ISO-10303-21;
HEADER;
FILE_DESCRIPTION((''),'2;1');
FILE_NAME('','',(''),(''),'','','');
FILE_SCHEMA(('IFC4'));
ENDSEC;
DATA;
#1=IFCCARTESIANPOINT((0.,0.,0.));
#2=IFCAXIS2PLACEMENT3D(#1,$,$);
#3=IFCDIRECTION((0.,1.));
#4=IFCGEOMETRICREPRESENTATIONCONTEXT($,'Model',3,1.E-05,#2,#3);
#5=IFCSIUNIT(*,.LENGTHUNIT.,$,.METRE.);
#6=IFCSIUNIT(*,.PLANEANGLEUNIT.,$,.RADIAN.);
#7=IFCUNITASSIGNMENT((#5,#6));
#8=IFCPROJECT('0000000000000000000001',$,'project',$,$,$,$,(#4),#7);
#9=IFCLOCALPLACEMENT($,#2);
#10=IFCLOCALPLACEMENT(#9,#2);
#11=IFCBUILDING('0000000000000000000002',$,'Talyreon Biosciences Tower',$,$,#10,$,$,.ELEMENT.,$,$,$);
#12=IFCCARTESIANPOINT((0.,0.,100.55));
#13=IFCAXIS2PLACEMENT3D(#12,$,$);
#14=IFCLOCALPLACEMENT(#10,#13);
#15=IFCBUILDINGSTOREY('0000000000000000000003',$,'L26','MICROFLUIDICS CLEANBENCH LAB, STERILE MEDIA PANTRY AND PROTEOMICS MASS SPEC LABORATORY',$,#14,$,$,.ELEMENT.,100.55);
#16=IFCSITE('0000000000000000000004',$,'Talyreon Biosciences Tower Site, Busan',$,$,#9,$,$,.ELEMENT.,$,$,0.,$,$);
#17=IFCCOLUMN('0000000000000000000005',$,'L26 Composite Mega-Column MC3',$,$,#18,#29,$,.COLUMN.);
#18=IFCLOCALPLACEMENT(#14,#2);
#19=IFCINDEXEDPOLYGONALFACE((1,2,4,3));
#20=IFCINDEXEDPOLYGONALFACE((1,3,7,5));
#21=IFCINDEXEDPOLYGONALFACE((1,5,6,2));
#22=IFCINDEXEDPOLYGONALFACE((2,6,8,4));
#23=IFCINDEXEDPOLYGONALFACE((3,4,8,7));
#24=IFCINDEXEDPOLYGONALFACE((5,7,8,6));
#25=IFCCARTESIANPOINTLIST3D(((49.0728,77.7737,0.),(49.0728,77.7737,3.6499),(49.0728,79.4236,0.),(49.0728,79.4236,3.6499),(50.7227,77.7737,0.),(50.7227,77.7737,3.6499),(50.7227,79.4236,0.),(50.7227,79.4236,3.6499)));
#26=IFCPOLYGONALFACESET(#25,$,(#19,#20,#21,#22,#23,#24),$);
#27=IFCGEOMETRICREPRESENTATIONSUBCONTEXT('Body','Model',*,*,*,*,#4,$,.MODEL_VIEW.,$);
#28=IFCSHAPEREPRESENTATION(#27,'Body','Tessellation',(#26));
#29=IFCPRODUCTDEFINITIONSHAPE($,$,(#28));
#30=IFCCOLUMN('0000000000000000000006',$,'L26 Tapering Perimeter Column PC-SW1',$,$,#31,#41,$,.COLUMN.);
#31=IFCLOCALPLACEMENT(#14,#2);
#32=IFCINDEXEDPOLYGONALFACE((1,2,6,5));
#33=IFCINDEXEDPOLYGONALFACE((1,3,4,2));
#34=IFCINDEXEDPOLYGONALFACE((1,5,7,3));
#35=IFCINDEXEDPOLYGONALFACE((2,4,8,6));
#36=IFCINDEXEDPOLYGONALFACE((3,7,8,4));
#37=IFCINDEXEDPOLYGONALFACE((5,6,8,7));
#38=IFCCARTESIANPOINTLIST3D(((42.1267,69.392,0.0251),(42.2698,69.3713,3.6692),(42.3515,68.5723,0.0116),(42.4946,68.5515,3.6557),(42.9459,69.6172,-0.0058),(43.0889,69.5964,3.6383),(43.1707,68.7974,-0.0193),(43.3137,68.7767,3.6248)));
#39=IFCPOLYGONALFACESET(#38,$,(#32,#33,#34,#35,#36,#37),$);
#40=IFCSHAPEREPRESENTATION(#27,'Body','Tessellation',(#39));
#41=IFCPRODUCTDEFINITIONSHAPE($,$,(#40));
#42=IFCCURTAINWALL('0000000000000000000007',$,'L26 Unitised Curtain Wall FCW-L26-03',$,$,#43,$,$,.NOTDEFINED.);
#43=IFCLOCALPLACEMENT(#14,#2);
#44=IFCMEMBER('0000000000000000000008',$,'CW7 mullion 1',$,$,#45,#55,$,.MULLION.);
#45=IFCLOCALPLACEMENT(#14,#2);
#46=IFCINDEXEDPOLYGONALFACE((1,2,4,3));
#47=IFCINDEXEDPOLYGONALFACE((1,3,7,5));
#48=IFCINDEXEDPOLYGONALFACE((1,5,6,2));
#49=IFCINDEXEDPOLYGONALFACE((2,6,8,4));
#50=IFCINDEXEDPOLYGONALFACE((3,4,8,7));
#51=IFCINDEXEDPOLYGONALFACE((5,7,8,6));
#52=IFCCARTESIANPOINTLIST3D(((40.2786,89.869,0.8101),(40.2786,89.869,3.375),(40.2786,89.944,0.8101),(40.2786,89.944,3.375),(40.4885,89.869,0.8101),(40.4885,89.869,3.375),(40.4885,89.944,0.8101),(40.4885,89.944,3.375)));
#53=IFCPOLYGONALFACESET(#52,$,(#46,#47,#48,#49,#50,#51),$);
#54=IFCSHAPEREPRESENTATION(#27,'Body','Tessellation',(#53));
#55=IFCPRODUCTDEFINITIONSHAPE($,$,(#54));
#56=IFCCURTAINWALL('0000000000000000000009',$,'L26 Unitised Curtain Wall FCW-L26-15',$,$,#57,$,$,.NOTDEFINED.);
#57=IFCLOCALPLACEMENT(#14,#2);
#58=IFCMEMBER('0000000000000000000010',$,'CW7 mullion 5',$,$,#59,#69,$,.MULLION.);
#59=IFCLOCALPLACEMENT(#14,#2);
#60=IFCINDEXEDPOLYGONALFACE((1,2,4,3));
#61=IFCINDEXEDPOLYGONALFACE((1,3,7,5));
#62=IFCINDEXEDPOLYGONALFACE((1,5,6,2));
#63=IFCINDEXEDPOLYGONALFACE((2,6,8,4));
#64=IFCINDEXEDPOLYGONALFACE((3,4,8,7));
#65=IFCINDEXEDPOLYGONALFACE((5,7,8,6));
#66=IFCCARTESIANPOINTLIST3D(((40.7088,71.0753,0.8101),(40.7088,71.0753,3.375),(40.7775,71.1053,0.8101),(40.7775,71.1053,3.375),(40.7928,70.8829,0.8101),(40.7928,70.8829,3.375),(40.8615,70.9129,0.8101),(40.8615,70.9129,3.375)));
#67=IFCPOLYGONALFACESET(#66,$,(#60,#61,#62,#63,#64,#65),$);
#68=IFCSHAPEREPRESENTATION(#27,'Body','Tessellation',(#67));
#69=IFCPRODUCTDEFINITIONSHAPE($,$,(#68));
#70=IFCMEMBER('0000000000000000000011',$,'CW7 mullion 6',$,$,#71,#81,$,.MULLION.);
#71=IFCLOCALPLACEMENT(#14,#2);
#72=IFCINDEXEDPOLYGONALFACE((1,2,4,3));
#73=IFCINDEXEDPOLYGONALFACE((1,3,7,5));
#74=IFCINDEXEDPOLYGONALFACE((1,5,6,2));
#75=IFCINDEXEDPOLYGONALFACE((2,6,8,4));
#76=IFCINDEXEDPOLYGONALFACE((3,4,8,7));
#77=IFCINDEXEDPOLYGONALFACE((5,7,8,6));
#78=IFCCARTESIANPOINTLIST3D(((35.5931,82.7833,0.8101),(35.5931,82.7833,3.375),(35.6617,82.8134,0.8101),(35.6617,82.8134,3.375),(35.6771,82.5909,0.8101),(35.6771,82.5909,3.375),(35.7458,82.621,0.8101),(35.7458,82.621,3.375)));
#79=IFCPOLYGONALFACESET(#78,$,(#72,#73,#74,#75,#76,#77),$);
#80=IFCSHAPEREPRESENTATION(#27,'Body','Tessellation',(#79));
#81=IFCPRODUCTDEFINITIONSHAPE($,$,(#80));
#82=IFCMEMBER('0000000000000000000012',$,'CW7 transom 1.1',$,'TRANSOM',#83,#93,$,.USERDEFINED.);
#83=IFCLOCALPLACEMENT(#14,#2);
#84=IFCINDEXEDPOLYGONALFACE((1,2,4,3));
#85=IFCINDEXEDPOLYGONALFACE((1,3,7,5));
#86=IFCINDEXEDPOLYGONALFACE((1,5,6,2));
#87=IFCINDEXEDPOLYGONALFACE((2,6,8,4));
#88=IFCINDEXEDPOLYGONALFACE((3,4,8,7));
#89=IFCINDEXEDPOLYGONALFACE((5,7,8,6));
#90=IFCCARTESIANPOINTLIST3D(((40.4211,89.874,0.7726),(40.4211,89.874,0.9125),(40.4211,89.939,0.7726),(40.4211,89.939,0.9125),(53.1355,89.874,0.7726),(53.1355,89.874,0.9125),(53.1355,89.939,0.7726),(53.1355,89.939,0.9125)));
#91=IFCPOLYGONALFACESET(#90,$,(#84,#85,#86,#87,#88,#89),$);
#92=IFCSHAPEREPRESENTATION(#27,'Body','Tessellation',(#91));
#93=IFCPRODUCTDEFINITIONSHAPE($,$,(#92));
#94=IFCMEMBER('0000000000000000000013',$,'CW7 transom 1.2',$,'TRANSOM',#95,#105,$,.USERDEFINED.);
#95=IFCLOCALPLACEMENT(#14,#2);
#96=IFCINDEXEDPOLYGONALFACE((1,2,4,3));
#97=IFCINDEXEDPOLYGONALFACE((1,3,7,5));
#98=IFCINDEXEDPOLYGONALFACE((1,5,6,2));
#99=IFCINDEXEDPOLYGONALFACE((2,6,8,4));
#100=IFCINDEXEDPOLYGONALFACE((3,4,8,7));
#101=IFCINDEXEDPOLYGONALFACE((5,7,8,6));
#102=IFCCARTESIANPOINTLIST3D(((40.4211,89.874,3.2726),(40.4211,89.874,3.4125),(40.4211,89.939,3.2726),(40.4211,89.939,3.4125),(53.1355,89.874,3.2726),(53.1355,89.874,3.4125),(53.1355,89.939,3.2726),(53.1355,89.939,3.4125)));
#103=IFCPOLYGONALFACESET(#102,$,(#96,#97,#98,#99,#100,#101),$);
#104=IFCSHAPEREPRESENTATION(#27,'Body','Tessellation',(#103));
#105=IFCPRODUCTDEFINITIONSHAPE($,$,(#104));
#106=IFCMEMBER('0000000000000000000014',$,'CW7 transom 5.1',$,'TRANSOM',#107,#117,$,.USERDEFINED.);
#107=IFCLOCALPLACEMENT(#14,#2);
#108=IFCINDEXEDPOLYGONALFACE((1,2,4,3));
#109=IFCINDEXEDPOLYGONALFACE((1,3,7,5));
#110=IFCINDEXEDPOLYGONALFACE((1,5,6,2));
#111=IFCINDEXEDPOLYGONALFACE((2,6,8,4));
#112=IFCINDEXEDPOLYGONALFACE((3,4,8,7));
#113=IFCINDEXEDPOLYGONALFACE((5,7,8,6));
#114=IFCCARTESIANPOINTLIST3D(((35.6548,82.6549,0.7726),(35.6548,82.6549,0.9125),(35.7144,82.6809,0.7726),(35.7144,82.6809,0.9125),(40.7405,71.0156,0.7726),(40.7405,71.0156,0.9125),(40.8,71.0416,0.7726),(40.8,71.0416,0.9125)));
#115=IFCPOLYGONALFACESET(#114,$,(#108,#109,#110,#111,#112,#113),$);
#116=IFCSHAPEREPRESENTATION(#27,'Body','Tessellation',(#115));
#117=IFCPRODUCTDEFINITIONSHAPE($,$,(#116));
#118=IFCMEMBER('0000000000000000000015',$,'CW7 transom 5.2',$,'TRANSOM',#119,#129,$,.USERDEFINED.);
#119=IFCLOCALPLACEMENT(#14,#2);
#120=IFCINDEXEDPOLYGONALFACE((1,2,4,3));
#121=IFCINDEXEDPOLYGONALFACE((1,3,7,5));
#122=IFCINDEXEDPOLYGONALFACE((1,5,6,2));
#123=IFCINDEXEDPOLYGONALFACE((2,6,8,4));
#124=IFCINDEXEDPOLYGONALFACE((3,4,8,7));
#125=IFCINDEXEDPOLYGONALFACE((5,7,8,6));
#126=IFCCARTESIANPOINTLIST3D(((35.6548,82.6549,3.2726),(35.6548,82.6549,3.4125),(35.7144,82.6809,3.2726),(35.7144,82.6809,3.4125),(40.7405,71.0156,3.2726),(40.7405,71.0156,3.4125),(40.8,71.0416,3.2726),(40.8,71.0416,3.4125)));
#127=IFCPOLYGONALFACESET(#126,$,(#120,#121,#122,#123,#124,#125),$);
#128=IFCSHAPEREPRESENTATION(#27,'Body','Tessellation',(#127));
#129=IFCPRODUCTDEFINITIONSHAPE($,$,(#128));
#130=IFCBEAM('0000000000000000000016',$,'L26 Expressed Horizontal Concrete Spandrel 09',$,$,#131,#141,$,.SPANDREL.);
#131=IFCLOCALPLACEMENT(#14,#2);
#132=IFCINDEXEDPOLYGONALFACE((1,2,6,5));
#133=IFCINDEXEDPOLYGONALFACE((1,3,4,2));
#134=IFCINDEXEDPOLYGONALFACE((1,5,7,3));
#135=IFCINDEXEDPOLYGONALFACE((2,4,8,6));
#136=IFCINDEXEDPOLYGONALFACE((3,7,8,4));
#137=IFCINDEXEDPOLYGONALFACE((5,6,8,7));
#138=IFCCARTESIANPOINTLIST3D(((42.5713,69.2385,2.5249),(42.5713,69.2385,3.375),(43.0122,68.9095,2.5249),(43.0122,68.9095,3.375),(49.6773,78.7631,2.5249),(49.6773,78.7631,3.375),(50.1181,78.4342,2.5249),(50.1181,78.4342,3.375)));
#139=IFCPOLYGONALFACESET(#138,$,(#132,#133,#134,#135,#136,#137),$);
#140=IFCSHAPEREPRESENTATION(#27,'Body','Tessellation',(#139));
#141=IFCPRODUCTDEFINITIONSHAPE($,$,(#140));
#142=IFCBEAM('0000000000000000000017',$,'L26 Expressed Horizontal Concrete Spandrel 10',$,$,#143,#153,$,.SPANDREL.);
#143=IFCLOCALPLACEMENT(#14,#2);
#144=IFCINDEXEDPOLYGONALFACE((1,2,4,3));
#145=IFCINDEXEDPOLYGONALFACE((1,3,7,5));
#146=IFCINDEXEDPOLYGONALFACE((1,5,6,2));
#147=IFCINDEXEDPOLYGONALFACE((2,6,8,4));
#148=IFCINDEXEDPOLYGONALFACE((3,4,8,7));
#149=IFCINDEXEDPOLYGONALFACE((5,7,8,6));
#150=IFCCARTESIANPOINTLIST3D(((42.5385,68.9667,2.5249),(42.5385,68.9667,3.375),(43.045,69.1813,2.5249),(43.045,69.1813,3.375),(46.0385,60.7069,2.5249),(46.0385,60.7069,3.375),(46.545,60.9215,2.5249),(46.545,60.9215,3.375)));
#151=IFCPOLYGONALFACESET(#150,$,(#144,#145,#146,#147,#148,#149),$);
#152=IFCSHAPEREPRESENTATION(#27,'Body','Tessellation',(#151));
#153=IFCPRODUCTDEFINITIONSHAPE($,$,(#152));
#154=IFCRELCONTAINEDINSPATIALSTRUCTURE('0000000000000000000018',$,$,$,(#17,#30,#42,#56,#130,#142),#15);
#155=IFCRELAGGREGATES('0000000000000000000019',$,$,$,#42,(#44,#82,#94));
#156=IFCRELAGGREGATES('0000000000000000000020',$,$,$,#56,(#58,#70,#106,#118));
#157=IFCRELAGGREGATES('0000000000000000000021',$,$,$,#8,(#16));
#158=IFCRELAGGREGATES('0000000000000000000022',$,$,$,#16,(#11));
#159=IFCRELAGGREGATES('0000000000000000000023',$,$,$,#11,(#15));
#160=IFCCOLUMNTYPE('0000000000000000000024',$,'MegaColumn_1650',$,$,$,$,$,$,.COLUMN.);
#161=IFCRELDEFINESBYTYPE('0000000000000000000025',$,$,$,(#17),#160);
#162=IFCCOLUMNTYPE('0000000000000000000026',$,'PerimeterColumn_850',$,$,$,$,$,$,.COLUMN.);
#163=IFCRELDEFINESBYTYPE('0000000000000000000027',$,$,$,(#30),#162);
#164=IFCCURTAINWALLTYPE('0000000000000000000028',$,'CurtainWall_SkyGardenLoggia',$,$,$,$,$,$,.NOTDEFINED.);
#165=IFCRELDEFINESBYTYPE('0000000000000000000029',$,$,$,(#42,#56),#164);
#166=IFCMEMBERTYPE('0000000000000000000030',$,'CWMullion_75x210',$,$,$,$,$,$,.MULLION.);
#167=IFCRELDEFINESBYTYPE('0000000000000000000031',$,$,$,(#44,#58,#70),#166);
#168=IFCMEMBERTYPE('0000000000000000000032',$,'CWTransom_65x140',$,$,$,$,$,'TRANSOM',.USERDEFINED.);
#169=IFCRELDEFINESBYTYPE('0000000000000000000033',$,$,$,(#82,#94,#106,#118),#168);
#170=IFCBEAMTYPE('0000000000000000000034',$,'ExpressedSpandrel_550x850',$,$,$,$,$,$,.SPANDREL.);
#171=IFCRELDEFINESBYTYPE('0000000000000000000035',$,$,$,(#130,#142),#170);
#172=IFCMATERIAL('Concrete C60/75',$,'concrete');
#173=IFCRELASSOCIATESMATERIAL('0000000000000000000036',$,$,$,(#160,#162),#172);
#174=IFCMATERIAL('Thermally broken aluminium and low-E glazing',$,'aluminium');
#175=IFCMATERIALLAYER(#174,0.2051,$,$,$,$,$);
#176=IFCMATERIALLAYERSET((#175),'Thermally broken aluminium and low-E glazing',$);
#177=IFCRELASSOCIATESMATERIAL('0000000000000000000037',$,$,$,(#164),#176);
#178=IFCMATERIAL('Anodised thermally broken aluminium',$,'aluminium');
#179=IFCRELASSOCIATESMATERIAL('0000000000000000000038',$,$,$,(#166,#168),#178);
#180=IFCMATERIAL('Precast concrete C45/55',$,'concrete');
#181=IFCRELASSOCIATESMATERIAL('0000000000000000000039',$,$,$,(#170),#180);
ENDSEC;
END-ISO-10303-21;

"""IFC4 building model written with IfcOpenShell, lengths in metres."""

from ifc_helpers import new_model, si_unit, direction, frame, origin, origin_2d, place, context, subcontext, project, spatial, rectangle, extrude, material, layer, layer_set, material_profile, profile_set, type_object, element, aggregate, save


model = new_model("IFC4")

# Units and contexts
model_context = context("Model", 3, precision=1e-05, world=origin(), true_north=direction((0.0, 1.0)))
body_context = subcontext(model_context, "Body", "Model", "MODEL_VIEW")
ifc_project = project(units=[si_unit("LENGTHUNIT", "METRE"), si_unit("PLANEANGLEUNIT", "RADIAN")], contexts=[model_context])

# Site, building, storey
site_placement = place(None, origin())
site = spatial("IfcSite", under=ifc_project, at=site_placement, Name="Talyreon Biosciences Tower Site, Busan", CompositionType="ELEMENT", RefElevation=0.0)
building_placement = place(site_placement, origin())
building = spatial("IfcBuilding", under=site, at=building_placement, Name="Talyreon Biosciences Tower", CompositionType="ELEMENT")
storey_placement = place(building_placement, frame((0.0, 0.0, 100.55)))
storey = spatial("IfcBuildingStorey", under=building, at=storey_placement, Name="L26", Description="MICROFLUIDICS CLEANBENCH LAB, STERILE MEDIA PANTRY AND PROTEOMICS MASS SPEC LABORATORY", CompositionType="ELEMENT", Elevation=100.55)

# Columns
ifc_material_1 = material(Name="Concrete C60/75", Category="concrete")
ifc_material_profile_1 = material_profile(ifc_material_1, rectangle(XDim=1.6499, YDim=1.6499, at=origin_2d()), Name="RC 1650x1650")
ifc_profile_set_1 = profile_set([ifc_material_profile_1], Name="Concrete C60/75")
column_type_1 = type_object("IfcColumnType", Name="MegaColumn_1650", PredefinedType="COLUMN", material=ifc_profile_set_1)
column_1_placement = place(storey_placement, frame((49.8977, 78.5986, 0.0), z_axis=(0.0, 0.0, 1.0), x_axis=(1.0, 0.0, 0.0)))
element("IfcColumn", 1, at=column_1_placement, inside=storey, type_object=column_type_1, Name="L26 Composite Mega-Column MC3", PredefinedType="COLUMN", context=body_context, shape_type="SweptSolid", body=[
    extrude(rectangle(XDim=1.6499, YDim=1.6499, at=origin_2d()), origin(), (0.0, 0.0, 1.0), 3.6499),
])
ifc_material_profile_2 = material_profile(ifc_material_1, rectangle(XDim=0.8501, YDim=0.8501, at=origin_2d()), Name="RC 850x850")
ifc_profile_set_2 = profile_set([ifc_material_profile_2], Name="Concrete C60/75")
column_type_2 = type_object("IfcColumnType", Name="PerimeterColumn_850", PredefinedType="COLUMN", material=ifc_profile_set_2)
column_2_placement = place(storey_placement, frame((42.6487, 69.0947, 0.0029), z_axis=(0.039229, -0.00569, 0.999214), x_axis=(0.963601, 0.264864, -0.036323)))
element("IfcColumn", 2, at=column_2_placement, inside=storey, type_object=column_type_2, Name="L26 Tapering Perimeter Column PC-SW1", PredefinedType="COLUMN", context=body_context, shape_type="SweptSolid", body=[
    extrude(rectangle(XDim=0.8501, YDim=0.8501, at=origin_2d()), origin(), (0.0, 0.0, 1.0), 3.647),
])

# Curtain wall, member
ifc_material_2 = material(Name="Thermally broken aluminium and low-E glazing", Category="aluminium")
ifc_layer_1 = layer(ifc_material_2, 0.2051)
ifc_layer_set_1 = layer_set([ifc_layer_1], Name="Thermally broken aluminium and low-E glazing")
curtain_wall_type = type_object("IfcCurtainWallType", Name="CurtainWall_SkyGardenLoggia", PredefinedType="NOTDEFINED", material=ifc_layer_set_1)
curtain_wall_1_placement = place(storey_placement, origin())
curtain_wall_1 = element("IfcCurtainWall", 3, at=curtain_wall_1_placement, inside=storey, type_object=curtain_wall_type, Name="L26 Unitised Curtain Wall FCW-L26-03", PredefinedType="NOTDEFINED")
ifc_material_3 = material(Name="Anodised thermally broken aluminium", Category="aluminium")
ifc_material_profile_3 = material_profile(ifc_material_3, rectangle(XDim=0.075, YDim=0.21, at=origin_2d()), Name="ALUM MULLION 75x210")
ifc_profile_set_3 = profile_set([ifc_material_profile_3], Name="Anodised thermally broken aluminium")
member_type_1 = type_object("IfcMemberType", Name="CWMullion_75x210", PredefinedType="MULLION", material=ifc_profile_set_3)
member_1_placement = place(storey_placement, frame((40.3835, 89.9065, 0.8101), z_axis=(0.0, 0.0, 1.0), x_axis=(0.0, 1.0, 0.0)))
member_1 = element("IfcMember", 4, at=member_1_placement, type_object=member_type_1, Name="CW7 mullion 1", PredefinedType="MULLION", context=body_context, shape_type="SweptSolid", body=[
    extrude(rectangle(XDim=0.075, YDim=0.21, at=origin_2d()), origin(), (0.0, 0.0, 1.0), 2.5649),
])

# Curtain wall, members
curtain_wall_2_placement = place(storey_placement, origin())
curtain_wall_2 = element("IfcCurtainWall", 5, at=curtain_wall_2_placement, inside=storey, type_object=curtain_wall_type, Name="L26 Unitised Curtain Wall FCW-L26-15", PredefinedType="NOTDEFINED")
member_2_placement = place(storey_placement, frame((40.7852, 70.9941, 0.8101), z_axis=(0.0, 0.0, 1.0), x_axis=(-0.916346, -0.400387, 0.0)))
member_2 = element("IfcMember", 6, at=member_2_placement, type_object=member_type_1, Name="CW7 mullion 5", PredefinedType="MULLION", context=body_context, shape_type="SweptSolid", body=[
    extrude(rectangle(XDim=0.075, YDim=0.21, at=origin_2d()), origin(), (0.0, 0.0, 1.0), 2.5649),
])
member_3_placement = place(storey_placement, frame((35.6694, 82.7021, 0.8101), z_axis=(0.0, 0.0, 1.0), x_axis=(-0.916346, -0.400387, 0.0)))
member_3 = element("IfcMember", 7, at=member_3_placement, type_object=member_type_1, Name="CW7 mullion 6", PredefinedType="MULLION", context=body_context, shape_type="SweptSolid", body=[
    extrude(rectangle(XDim=0.075, YDim=0.21, at=origin_2d()), origin(), (0.0, 0.0, 1.0), 2.5649),
])

# Members
ifc_material_profile_4 = material_profile(ifc_material_3, rectangle(XDim=0.0649, YDim=0.1399, at=origin_2d()), Name="ALUM TRANSOM 65x140")
ifc_profile_set_4 = profile_set([ifc_material_profile_4], Name="Anodised thermally broken aluminium")
member_type_2 = type_object("IfcMemberType", Name="CWTransom_65x140", ElementType="TRANSOM", PredefinedType="USERDEFINED", material=ifc_profile_set_4)
member_4_placement = place(storey_placement, frame((40.4211, 89.9065, 0.8425), z_axis=(1.0, 0.0, 0.0), x_axis=(0.0, 1.0, 0.0)))
member_4 = element("IfcMember", 8, at=member_4_placement, type_object=member_type_2, Name="CW7 transom 1.1", ObjectType="TRANSOM", PredefinedType="USERDEFINED", context=body_context, shape_type="SweptSolid", body=[
    extrude(rectangle(XDim=0.0649, YDim=0.1399, at=origin_2d()), origin(), (0.0, 0.0, 1.0), 12.7144),
])
member_5_placement = place(storey_placement, frame((40.4211, 89.9065, 3.3425), z_axis=(1.0, 0.0, 0.0), x_axis=(0.0, 1.0, 0.0)))
member_5 = element("IfcMember", 9, at=member_5_placement, type_object=member_type_2, Name="CW7 transom 1.2", ObjectType="TRANSOM", PredefinedType="USERDEFINED", context=body_context, shape_type="SweptSolid", body=[
    extrude(rectangle(XDim=0.0649, YDim=0.1399, at=origin_2d()), origin(), (0.0, 0.0, 1.0), 12.7144),
])
member_6_placement = place(storey_placement, frame((40.7703, 71.0286, 0.8425), z_axis=(-0.400386, 0.916346, 0.0), x_axis=(-0.916346, -0.400386, 0.0)))
member_6 = element("IfcMember", 10, at=member_6_placement, type_object=member_type_2, Name="CW7 transom 5.1", ObjectType="TRANSOM", PredefinedType="USERDEFINED", context=body_context, shape_type="SweptSolid", body=[
    extrude(rectangle(XDim=0.0649, YDim=0.1399, at=origin_2d()), origin(), (0.0, 0.0, 1.0), 12.7019),
])
member_7_placement = place(storey_placement, frame((40.7703, 71.0286, 3.3425), z_axis=(-0.400386, 0.916346, 0.0), x_axis=(-0.916346, -0.400386, 0.0)))
member_7 = element("IfcMember", 11, at=member_7_placement, type_object=member_type_2, Name="CW7 transom 5.2", ObjectType="TRANSOM", PredefinedType="USERDEFINED", context=body_context, shape_type="SweptSolid", body=[
    extrude(rectangle(XDim=0.0649, YDim=0.1399, at=origin_2d()), origin(), (0.0, 0.0, 1.0), 12.7019),
])

# Beams
ifc_material_4 = material(Name="Precast concrete C45/55", Category="concrete")
ifc_material_profile_5 = material_profile(ifc_material_4, rectangle(XDim=0.55, YDim=0.8501, at=origin_2d()), Name="RCB 550x850")
ifc_profile_set_5 = profile_set([ifc_material_profile_5], Name="Precast concrete C45/55")
beam_type_1 = type_object("IfcBeamType", Name="ExpressedSpandrel_550x850", PredefinedType="SPANDREL", material=ifc_profile_set_5)
beam_1_placement = place(storey_placement, frame((49.8977, 78.5986, 2.95), z_axis=(-0.597976, -0.801514, 0.0), x_axis=(0.801514, -0.597976, 0.0)))
element("IfcBeam", 12, at=beam_1_placement, inside=storey, type_object=beam_type_1, Name="L26 Expressed Horizontal Concrete Spandrel 09", PredefinedType="SPANDREL", context=body_context, shape_type="SweptSolid", body=[
    extrude(rectangle(XDim=0.55, YDim=0.8501, at=origin_2d()), origin(), (0.0, 0.0, 1.0), 11.8833),
])
beam_2_placement = place(storey_placement, frame((42.7917, 69.074, 2.95), z_axis=(0.390158, -0.920748, 0.0), x_axis=(0.920748, 0.390158, 0.0)))
element("IfcBeam", 13, at=beam_2_placement, inside=storey, type_object=beam_type_1, Name="L26 Expressed Horizontal Concrete Spandrel 10", PredefinedType="SPANDREL", context=body_context, shape_type="SweptSolid", body=[
    extrude(rectangle(XDim=0.55, YDim=0.8501, at=origin_2d()), origin(), (0.0, 0.0, 1.0), 8.9707),
])

aggregate(curtain_wall_1, [member_1, member_4, member_5])
aggregate(curtain_wall_2, [member_2, member_3, member_6, member_7])

save(model, "model.ifc")
